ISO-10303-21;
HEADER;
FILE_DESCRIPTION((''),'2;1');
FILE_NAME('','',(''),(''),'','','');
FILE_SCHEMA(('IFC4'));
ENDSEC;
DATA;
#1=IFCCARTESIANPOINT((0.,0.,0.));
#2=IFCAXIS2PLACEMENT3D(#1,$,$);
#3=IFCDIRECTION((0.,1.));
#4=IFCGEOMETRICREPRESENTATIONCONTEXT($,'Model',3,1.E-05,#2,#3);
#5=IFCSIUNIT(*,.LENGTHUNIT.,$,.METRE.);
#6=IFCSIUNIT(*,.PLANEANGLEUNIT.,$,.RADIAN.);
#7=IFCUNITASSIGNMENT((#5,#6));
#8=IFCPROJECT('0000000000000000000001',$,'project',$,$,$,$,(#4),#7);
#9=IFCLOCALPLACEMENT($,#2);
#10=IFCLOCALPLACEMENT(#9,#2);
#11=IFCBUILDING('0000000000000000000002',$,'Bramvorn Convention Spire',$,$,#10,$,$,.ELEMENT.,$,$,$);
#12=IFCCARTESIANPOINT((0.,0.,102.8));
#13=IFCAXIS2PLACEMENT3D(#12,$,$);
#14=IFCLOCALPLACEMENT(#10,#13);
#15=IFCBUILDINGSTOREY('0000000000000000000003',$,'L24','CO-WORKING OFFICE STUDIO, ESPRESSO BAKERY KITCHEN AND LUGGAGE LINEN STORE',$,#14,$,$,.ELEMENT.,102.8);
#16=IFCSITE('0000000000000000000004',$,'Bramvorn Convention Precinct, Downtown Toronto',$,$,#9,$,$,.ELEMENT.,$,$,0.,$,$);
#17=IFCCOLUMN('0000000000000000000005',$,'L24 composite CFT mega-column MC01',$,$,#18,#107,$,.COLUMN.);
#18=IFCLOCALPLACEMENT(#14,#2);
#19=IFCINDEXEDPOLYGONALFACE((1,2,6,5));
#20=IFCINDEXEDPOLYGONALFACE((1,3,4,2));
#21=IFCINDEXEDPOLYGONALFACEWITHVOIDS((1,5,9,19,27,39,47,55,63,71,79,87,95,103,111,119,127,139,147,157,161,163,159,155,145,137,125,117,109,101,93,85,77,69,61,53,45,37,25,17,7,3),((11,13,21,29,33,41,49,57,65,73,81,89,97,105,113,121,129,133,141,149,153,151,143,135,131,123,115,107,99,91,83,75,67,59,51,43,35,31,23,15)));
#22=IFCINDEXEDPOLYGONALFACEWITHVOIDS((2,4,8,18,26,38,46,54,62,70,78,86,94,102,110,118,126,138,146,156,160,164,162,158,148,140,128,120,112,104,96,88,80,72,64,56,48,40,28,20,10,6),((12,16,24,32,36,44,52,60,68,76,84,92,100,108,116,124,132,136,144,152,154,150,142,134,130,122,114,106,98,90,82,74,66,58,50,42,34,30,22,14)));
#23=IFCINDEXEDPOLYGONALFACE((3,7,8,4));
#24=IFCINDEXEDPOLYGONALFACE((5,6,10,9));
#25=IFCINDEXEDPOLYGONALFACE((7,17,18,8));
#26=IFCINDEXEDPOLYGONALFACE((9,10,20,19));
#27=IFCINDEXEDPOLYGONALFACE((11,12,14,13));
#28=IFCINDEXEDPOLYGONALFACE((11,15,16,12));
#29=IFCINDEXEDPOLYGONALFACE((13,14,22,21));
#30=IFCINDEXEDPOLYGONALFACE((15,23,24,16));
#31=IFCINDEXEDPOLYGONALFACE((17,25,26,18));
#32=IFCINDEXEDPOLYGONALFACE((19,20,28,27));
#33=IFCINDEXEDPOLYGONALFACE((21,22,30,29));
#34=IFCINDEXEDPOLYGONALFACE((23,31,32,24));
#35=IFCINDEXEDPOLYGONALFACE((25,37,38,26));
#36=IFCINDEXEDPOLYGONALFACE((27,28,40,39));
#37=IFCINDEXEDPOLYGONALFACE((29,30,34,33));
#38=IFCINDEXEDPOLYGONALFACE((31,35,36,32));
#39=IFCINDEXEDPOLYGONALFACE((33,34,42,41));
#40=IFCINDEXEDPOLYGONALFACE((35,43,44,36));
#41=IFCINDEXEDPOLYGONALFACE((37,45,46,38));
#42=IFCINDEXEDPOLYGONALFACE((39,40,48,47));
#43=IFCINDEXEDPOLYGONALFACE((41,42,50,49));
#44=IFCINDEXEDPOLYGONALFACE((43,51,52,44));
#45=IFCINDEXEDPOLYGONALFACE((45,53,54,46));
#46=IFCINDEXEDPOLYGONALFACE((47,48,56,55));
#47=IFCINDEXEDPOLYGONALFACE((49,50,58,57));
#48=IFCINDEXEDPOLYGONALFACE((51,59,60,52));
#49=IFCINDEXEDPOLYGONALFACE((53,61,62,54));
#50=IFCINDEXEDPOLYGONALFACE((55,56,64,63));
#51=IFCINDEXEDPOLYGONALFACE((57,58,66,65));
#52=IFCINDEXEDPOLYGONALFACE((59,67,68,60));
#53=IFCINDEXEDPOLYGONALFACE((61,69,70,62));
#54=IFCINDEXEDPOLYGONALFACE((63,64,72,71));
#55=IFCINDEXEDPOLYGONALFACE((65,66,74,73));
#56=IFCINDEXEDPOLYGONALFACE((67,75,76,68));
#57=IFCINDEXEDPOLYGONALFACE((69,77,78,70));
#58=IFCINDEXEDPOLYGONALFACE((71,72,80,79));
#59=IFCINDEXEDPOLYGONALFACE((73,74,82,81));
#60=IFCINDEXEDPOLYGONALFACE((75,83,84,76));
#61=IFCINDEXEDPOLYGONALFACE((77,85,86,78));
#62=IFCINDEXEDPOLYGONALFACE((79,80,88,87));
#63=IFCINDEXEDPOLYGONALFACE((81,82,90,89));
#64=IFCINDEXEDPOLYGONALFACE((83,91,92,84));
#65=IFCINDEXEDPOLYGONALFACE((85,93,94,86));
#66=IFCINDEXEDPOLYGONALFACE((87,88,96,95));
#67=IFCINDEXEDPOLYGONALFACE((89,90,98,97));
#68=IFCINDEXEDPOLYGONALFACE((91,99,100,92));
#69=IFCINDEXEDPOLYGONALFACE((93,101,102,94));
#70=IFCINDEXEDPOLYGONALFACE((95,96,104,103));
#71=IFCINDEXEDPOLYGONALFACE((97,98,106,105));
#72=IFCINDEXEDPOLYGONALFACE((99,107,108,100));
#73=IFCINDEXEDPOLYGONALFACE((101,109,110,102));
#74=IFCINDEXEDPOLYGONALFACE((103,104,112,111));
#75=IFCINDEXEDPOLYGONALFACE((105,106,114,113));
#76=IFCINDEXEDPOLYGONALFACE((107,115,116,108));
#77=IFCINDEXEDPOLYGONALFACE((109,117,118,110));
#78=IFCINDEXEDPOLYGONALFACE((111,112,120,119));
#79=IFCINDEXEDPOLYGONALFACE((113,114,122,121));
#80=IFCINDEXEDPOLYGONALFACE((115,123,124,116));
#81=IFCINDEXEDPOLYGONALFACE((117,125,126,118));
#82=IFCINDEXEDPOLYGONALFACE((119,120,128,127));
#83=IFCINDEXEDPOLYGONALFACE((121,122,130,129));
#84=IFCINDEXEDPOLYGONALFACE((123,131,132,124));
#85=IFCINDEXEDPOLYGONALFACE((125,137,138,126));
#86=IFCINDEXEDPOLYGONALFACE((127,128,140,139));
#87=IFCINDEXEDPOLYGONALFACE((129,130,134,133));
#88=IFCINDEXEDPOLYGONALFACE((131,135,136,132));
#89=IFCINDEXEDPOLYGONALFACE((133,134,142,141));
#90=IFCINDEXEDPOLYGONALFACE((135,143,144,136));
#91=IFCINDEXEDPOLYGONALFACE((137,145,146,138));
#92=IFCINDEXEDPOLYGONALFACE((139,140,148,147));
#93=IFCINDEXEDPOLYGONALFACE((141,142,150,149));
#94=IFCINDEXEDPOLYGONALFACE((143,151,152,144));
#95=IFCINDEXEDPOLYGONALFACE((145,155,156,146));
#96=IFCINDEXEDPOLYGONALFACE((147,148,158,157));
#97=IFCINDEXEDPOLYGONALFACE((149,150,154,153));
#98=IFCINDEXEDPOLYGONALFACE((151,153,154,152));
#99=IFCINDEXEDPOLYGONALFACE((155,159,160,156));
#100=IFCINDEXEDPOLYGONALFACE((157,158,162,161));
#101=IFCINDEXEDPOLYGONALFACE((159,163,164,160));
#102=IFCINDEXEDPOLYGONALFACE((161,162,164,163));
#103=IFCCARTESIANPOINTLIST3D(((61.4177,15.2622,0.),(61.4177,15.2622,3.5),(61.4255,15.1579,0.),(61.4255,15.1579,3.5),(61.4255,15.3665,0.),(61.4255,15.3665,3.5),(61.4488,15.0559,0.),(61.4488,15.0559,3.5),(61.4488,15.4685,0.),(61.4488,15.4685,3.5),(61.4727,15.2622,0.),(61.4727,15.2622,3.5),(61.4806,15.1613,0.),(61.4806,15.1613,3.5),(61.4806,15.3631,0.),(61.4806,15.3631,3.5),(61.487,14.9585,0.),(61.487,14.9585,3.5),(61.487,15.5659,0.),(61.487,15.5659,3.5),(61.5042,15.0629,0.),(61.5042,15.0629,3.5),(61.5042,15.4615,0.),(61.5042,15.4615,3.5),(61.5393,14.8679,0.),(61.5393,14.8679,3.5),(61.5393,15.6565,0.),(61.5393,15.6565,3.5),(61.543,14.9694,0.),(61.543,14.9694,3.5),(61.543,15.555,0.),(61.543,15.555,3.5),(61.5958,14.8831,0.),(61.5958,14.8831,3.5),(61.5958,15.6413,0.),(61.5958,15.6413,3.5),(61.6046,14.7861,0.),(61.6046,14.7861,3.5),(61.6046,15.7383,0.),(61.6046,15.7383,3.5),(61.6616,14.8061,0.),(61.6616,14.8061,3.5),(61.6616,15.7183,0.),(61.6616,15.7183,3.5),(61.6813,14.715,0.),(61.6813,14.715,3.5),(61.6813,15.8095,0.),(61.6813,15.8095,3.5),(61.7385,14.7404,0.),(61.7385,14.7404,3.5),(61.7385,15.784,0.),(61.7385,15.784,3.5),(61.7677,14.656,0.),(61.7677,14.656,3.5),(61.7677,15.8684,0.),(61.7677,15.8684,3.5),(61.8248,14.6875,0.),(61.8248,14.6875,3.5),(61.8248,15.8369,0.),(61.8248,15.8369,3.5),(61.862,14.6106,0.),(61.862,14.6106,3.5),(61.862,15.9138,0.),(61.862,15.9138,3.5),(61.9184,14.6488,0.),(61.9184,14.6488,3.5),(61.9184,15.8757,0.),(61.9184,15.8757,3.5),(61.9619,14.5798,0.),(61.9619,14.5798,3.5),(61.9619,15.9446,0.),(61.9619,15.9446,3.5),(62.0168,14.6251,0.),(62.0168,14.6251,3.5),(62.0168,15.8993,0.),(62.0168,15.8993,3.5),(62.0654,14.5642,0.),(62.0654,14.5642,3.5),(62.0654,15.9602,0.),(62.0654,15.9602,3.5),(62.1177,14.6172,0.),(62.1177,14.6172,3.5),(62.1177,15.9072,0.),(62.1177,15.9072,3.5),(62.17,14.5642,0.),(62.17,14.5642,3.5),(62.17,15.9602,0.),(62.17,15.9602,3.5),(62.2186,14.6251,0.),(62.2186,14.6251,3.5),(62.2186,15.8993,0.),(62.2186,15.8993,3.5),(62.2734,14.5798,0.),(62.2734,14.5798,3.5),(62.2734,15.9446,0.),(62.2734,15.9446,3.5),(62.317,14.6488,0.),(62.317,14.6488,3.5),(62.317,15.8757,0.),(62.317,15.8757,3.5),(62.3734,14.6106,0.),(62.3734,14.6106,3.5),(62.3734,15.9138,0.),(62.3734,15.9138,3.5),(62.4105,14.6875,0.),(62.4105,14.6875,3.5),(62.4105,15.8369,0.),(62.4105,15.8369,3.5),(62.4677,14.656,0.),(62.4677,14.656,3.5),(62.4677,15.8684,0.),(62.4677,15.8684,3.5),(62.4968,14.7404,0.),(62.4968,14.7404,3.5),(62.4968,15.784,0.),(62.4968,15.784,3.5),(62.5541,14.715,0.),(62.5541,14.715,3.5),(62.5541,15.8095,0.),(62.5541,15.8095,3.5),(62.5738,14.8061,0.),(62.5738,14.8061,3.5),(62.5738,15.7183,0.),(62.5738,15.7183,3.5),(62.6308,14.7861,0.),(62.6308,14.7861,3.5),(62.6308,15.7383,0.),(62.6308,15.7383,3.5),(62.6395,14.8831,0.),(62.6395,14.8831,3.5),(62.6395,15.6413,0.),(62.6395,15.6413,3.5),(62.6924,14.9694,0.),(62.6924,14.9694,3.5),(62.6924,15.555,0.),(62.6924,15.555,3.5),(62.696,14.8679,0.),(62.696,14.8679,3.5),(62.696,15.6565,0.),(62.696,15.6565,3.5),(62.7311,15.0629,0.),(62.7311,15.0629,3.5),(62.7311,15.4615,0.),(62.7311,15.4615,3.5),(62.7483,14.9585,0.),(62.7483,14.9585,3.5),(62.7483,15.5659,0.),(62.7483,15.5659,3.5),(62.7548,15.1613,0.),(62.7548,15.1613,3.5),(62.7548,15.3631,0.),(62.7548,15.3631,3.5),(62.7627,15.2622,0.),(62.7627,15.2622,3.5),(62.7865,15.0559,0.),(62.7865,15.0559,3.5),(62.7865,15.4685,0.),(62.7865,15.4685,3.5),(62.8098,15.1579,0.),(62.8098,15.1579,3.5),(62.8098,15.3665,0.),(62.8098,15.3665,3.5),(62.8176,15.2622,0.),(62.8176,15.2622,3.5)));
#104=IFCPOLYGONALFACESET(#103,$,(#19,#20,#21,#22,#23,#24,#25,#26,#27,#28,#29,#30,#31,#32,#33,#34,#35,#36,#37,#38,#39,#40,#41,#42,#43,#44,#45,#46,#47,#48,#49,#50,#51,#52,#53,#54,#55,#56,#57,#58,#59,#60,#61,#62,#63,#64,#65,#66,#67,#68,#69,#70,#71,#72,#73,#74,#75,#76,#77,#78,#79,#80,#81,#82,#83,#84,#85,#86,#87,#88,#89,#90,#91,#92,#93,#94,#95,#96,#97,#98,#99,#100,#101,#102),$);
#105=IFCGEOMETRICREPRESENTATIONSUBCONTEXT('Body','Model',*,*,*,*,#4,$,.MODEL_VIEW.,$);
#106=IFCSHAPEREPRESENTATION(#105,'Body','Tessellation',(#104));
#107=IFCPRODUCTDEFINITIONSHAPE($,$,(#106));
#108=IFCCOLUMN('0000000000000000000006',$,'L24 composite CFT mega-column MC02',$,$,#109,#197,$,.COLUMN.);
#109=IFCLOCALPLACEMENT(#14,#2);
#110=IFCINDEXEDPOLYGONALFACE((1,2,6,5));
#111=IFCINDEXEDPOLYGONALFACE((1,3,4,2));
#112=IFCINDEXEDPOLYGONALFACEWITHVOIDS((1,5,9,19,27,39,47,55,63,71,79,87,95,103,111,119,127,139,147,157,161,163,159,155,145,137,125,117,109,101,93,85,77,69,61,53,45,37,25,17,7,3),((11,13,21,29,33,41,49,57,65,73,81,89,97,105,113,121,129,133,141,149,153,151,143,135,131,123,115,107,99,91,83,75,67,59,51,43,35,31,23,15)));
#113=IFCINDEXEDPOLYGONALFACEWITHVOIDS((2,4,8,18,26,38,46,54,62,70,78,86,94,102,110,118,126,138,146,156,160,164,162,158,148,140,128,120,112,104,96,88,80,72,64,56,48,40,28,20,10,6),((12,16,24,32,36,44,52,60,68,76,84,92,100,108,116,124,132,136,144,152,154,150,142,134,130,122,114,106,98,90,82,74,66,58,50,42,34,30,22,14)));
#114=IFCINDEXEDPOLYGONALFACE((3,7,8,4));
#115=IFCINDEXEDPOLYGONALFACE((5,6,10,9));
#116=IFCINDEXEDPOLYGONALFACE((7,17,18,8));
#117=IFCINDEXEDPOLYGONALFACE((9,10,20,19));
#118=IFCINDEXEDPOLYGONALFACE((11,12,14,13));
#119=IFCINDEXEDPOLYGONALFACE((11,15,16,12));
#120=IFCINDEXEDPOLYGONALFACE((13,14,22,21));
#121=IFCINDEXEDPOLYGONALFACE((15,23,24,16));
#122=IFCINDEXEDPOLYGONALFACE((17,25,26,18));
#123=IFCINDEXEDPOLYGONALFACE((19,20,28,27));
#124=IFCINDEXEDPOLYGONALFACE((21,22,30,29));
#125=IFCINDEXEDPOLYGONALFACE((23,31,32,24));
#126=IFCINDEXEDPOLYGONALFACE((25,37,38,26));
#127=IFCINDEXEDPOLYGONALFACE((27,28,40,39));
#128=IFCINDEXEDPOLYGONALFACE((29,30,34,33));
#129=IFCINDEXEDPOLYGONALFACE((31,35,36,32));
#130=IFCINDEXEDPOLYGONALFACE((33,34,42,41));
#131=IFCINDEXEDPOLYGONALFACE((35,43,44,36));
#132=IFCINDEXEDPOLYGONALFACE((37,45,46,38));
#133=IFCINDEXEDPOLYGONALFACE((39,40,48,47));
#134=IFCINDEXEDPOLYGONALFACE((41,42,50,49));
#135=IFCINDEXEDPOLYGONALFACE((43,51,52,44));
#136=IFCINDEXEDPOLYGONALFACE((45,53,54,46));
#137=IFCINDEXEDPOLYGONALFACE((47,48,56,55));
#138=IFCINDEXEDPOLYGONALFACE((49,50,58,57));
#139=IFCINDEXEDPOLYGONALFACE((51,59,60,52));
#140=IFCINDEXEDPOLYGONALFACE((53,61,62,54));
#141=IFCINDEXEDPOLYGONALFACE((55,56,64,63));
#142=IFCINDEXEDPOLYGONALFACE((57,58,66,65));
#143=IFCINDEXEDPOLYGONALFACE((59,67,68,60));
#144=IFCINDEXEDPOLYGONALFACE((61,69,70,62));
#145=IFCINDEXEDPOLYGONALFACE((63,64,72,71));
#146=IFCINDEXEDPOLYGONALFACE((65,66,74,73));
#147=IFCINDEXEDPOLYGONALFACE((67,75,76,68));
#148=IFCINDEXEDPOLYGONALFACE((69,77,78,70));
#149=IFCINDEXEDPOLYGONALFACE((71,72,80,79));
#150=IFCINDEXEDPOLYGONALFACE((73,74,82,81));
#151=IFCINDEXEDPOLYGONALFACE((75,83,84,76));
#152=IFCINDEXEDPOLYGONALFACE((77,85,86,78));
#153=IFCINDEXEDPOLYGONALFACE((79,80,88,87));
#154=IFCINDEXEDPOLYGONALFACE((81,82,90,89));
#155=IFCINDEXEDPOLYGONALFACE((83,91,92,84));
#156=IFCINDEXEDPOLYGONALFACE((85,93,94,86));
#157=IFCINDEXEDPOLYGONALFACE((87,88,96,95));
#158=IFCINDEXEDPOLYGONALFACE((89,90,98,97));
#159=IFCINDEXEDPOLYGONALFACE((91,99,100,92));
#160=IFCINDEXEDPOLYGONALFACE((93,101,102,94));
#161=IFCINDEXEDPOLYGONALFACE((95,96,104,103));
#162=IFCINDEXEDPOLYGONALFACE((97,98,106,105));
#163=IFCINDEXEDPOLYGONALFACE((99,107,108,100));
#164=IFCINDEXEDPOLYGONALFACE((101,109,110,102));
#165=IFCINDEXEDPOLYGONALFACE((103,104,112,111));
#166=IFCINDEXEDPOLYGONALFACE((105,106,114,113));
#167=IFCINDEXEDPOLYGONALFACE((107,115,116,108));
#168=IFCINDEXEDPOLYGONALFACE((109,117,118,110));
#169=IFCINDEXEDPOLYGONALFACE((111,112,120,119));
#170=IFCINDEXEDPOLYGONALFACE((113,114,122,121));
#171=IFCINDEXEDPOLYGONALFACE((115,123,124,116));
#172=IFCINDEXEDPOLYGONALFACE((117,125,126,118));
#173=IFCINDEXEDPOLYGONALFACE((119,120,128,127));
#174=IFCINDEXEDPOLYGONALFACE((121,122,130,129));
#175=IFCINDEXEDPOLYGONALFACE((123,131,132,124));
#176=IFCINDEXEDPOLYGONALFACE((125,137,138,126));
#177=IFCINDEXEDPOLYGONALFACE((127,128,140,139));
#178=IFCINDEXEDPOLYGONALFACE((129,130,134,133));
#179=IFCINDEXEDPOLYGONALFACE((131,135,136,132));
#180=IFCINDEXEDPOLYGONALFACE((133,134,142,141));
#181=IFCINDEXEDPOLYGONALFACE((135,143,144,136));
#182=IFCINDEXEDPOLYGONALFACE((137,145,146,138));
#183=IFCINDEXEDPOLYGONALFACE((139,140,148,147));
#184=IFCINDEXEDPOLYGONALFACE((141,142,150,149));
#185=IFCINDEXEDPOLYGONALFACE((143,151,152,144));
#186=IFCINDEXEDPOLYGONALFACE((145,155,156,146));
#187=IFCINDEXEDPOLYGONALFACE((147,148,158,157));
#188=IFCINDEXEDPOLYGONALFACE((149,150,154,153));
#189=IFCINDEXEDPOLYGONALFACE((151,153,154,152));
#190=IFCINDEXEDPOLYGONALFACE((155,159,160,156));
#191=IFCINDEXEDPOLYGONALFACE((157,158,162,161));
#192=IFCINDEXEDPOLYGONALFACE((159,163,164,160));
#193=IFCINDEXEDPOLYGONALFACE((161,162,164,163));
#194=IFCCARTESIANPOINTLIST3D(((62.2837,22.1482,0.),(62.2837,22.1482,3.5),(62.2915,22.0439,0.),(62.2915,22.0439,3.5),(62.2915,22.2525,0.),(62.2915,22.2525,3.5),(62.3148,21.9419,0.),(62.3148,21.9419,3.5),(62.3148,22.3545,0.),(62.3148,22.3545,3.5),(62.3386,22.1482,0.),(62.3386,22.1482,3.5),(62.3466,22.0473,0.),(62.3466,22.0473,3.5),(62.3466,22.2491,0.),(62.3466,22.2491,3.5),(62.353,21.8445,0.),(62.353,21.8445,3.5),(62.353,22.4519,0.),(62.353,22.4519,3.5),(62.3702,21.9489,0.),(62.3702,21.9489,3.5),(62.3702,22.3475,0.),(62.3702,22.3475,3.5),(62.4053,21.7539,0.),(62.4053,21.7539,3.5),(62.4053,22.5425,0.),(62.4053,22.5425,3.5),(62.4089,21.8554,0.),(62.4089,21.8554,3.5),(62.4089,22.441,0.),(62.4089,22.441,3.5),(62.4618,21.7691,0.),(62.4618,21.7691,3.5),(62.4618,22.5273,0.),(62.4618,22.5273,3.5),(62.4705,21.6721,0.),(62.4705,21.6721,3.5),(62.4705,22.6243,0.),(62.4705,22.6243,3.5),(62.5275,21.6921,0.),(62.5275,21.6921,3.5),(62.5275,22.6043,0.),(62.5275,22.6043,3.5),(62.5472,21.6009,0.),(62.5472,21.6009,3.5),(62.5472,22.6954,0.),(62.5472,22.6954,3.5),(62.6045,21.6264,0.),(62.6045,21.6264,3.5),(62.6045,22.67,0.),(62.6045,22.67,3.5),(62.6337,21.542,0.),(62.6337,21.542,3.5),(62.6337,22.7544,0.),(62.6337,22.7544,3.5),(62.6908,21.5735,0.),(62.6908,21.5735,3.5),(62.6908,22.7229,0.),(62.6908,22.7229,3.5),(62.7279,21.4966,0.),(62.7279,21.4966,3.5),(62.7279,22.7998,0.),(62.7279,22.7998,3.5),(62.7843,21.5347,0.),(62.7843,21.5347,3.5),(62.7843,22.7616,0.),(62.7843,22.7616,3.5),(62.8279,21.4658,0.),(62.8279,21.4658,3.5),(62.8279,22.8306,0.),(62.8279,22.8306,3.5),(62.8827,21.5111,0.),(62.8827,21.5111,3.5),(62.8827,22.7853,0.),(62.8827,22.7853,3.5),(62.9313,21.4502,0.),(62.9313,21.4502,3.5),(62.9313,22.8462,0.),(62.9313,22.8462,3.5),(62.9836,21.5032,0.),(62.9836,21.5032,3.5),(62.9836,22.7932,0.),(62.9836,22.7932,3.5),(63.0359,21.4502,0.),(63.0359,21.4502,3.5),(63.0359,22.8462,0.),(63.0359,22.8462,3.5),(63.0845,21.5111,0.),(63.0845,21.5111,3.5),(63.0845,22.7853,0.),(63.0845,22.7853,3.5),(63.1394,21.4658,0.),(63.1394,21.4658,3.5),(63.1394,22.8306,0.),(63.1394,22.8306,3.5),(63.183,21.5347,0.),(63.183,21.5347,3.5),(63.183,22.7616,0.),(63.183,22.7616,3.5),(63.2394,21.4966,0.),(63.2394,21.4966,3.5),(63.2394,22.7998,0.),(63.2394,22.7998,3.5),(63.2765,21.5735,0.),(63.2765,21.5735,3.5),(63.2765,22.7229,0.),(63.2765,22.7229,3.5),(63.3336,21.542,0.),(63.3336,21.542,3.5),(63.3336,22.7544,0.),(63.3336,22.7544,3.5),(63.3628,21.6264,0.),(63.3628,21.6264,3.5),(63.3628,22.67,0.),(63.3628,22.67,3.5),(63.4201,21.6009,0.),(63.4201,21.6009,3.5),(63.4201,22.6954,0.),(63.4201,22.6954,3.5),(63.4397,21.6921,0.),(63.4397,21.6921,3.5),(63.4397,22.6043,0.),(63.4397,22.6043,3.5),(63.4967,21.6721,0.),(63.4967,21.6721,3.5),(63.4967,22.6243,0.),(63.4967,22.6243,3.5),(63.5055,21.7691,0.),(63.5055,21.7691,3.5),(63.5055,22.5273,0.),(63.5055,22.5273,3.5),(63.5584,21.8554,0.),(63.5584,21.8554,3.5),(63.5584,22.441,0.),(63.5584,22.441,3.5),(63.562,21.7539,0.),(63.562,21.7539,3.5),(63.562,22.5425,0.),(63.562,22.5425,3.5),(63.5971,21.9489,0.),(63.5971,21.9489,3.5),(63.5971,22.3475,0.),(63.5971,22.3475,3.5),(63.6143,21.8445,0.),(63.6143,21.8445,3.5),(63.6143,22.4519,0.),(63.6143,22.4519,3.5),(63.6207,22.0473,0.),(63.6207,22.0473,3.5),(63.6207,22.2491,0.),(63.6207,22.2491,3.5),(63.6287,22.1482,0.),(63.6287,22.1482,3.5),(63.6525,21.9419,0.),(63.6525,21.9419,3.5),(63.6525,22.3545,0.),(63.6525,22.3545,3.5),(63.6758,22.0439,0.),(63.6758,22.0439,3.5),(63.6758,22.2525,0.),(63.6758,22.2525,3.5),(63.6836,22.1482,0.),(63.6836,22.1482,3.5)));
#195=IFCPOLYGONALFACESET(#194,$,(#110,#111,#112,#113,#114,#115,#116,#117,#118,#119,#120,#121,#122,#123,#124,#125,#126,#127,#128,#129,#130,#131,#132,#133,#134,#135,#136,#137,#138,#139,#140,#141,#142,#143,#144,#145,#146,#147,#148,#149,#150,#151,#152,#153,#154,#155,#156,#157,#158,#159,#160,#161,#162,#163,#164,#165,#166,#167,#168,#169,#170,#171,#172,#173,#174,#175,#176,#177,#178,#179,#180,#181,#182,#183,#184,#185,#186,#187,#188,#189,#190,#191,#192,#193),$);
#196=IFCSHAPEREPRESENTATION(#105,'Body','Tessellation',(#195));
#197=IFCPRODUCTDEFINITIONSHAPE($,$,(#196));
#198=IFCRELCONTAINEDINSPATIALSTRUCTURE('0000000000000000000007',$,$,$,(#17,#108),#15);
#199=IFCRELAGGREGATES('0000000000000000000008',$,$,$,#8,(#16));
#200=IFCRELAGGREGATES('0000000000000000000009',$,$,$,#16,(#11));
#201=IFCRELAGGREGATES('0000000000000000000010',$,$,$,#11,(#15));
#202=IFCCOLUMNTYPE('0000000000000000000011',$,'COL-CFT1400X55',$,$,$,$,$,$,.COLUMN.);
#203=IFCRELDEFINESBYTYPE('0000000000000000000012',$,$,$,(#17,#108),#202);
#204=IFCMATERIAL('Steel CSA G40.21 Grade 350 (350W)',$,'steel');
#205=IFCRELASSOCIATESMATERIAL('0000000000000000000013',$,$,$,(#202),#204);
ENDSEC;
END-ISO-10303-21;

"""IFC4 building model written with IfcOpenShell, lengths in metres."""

from ifc_helpers import new_model, si_unit, direction, frame, origin, origin_2d, place, context, subcontext, project, spatial, hollow_circle, extrude, material, material_profile, profile_set, type_object, element, save


model = new_model("IFC4")

# Units and contexts
model_context = context("Model", 3, precision=1e-05, world=origin(), true_north=direction((0.0, 1.0)))
body_context = subcontext(model_context, "Body", "Model", "MODEL_VIEW")
ifc_project = project(units=[si_unit("LENGTHUNIT", "METRE"), si_unit("PLANEANGLEUNIT", "RADIAN")], contexts=[model_context])

# Site, building, storey
site_placement = place(None, origin())
site = spatial("IfcSite", under=ifc_project, at=site_placement, Name="Bramvorn Convention Precinct, Downtown Toronto", CompositionType="ELEMENT", RefElevation=0.0)
building_placement = place(site_placement, origin())
building = spatial("IfcBuilding", under=site, at=building_placement, Name="Bramvorn Convention Spire", CompositionType="ELEMENT")
storey_placement = place(building_placement, frame((0.0, 0.0, 102.8)))
storey = spatial("IfcBuildingStorey", under=building, at=storey_placement, Name="L24", Description="CO-WORKING OFFICE STUDIO, ESPRESSO BAKERY KITCHEN AND LUGGAGE LINEN STORE", CompositionType="ELEMENT", Elevation=102.8)

# Columns
ifc_material_1 = material(Name="Steel CSA G40.21 Grade 350 (350W)", Category="steel")
ifc_material_profile_1 = material_profile(ifc_material_1, hollow_circle(Radius=0.7, WallThickness=0.0549, at=origin_2d()))
ifc_profile_set_1 = profile_set([ifc_material_profile_1], Name="Steel CSA G40.21 Grade 350 (350W) - CFT1400X55")
column_type = type_object("IfcColumnType", Name="COL-CFT1400X55", PredefinedType="COLUMN", material=ifc_profile_set_1)
for number, where, z_axis, x_axis, name in (
    (1, (62.1177, 15.2622, 0.0), (0.0, 0.0, 1.0), (1.0, 0.0, 0.0), "L24 composite CFT mega-column MC01"),
    (2, (62.9836, 22.1482, 0.0), (0.0, 0.0, 1.0), (1.0, 0.0, 0.0), "L24 composite CFT mega-column MC02"),
):
    element("IfcColumn", number, at=place(storey_placement, frame(where, z_axis=z_axis, x_axis=x_axis)), inside=storey, type_object=column_type, Name=name, PredefinedType="COLUMN", context=body_context, shape_type="SweptSolid", body=[
        extrude(hollow_circle(Radius=0.7, WallThickness=0.0549, at=origin_2d()), origin(), (0.0, 0.0, 1.0), 3.5),
    ])

save(model, "model.ifc")
